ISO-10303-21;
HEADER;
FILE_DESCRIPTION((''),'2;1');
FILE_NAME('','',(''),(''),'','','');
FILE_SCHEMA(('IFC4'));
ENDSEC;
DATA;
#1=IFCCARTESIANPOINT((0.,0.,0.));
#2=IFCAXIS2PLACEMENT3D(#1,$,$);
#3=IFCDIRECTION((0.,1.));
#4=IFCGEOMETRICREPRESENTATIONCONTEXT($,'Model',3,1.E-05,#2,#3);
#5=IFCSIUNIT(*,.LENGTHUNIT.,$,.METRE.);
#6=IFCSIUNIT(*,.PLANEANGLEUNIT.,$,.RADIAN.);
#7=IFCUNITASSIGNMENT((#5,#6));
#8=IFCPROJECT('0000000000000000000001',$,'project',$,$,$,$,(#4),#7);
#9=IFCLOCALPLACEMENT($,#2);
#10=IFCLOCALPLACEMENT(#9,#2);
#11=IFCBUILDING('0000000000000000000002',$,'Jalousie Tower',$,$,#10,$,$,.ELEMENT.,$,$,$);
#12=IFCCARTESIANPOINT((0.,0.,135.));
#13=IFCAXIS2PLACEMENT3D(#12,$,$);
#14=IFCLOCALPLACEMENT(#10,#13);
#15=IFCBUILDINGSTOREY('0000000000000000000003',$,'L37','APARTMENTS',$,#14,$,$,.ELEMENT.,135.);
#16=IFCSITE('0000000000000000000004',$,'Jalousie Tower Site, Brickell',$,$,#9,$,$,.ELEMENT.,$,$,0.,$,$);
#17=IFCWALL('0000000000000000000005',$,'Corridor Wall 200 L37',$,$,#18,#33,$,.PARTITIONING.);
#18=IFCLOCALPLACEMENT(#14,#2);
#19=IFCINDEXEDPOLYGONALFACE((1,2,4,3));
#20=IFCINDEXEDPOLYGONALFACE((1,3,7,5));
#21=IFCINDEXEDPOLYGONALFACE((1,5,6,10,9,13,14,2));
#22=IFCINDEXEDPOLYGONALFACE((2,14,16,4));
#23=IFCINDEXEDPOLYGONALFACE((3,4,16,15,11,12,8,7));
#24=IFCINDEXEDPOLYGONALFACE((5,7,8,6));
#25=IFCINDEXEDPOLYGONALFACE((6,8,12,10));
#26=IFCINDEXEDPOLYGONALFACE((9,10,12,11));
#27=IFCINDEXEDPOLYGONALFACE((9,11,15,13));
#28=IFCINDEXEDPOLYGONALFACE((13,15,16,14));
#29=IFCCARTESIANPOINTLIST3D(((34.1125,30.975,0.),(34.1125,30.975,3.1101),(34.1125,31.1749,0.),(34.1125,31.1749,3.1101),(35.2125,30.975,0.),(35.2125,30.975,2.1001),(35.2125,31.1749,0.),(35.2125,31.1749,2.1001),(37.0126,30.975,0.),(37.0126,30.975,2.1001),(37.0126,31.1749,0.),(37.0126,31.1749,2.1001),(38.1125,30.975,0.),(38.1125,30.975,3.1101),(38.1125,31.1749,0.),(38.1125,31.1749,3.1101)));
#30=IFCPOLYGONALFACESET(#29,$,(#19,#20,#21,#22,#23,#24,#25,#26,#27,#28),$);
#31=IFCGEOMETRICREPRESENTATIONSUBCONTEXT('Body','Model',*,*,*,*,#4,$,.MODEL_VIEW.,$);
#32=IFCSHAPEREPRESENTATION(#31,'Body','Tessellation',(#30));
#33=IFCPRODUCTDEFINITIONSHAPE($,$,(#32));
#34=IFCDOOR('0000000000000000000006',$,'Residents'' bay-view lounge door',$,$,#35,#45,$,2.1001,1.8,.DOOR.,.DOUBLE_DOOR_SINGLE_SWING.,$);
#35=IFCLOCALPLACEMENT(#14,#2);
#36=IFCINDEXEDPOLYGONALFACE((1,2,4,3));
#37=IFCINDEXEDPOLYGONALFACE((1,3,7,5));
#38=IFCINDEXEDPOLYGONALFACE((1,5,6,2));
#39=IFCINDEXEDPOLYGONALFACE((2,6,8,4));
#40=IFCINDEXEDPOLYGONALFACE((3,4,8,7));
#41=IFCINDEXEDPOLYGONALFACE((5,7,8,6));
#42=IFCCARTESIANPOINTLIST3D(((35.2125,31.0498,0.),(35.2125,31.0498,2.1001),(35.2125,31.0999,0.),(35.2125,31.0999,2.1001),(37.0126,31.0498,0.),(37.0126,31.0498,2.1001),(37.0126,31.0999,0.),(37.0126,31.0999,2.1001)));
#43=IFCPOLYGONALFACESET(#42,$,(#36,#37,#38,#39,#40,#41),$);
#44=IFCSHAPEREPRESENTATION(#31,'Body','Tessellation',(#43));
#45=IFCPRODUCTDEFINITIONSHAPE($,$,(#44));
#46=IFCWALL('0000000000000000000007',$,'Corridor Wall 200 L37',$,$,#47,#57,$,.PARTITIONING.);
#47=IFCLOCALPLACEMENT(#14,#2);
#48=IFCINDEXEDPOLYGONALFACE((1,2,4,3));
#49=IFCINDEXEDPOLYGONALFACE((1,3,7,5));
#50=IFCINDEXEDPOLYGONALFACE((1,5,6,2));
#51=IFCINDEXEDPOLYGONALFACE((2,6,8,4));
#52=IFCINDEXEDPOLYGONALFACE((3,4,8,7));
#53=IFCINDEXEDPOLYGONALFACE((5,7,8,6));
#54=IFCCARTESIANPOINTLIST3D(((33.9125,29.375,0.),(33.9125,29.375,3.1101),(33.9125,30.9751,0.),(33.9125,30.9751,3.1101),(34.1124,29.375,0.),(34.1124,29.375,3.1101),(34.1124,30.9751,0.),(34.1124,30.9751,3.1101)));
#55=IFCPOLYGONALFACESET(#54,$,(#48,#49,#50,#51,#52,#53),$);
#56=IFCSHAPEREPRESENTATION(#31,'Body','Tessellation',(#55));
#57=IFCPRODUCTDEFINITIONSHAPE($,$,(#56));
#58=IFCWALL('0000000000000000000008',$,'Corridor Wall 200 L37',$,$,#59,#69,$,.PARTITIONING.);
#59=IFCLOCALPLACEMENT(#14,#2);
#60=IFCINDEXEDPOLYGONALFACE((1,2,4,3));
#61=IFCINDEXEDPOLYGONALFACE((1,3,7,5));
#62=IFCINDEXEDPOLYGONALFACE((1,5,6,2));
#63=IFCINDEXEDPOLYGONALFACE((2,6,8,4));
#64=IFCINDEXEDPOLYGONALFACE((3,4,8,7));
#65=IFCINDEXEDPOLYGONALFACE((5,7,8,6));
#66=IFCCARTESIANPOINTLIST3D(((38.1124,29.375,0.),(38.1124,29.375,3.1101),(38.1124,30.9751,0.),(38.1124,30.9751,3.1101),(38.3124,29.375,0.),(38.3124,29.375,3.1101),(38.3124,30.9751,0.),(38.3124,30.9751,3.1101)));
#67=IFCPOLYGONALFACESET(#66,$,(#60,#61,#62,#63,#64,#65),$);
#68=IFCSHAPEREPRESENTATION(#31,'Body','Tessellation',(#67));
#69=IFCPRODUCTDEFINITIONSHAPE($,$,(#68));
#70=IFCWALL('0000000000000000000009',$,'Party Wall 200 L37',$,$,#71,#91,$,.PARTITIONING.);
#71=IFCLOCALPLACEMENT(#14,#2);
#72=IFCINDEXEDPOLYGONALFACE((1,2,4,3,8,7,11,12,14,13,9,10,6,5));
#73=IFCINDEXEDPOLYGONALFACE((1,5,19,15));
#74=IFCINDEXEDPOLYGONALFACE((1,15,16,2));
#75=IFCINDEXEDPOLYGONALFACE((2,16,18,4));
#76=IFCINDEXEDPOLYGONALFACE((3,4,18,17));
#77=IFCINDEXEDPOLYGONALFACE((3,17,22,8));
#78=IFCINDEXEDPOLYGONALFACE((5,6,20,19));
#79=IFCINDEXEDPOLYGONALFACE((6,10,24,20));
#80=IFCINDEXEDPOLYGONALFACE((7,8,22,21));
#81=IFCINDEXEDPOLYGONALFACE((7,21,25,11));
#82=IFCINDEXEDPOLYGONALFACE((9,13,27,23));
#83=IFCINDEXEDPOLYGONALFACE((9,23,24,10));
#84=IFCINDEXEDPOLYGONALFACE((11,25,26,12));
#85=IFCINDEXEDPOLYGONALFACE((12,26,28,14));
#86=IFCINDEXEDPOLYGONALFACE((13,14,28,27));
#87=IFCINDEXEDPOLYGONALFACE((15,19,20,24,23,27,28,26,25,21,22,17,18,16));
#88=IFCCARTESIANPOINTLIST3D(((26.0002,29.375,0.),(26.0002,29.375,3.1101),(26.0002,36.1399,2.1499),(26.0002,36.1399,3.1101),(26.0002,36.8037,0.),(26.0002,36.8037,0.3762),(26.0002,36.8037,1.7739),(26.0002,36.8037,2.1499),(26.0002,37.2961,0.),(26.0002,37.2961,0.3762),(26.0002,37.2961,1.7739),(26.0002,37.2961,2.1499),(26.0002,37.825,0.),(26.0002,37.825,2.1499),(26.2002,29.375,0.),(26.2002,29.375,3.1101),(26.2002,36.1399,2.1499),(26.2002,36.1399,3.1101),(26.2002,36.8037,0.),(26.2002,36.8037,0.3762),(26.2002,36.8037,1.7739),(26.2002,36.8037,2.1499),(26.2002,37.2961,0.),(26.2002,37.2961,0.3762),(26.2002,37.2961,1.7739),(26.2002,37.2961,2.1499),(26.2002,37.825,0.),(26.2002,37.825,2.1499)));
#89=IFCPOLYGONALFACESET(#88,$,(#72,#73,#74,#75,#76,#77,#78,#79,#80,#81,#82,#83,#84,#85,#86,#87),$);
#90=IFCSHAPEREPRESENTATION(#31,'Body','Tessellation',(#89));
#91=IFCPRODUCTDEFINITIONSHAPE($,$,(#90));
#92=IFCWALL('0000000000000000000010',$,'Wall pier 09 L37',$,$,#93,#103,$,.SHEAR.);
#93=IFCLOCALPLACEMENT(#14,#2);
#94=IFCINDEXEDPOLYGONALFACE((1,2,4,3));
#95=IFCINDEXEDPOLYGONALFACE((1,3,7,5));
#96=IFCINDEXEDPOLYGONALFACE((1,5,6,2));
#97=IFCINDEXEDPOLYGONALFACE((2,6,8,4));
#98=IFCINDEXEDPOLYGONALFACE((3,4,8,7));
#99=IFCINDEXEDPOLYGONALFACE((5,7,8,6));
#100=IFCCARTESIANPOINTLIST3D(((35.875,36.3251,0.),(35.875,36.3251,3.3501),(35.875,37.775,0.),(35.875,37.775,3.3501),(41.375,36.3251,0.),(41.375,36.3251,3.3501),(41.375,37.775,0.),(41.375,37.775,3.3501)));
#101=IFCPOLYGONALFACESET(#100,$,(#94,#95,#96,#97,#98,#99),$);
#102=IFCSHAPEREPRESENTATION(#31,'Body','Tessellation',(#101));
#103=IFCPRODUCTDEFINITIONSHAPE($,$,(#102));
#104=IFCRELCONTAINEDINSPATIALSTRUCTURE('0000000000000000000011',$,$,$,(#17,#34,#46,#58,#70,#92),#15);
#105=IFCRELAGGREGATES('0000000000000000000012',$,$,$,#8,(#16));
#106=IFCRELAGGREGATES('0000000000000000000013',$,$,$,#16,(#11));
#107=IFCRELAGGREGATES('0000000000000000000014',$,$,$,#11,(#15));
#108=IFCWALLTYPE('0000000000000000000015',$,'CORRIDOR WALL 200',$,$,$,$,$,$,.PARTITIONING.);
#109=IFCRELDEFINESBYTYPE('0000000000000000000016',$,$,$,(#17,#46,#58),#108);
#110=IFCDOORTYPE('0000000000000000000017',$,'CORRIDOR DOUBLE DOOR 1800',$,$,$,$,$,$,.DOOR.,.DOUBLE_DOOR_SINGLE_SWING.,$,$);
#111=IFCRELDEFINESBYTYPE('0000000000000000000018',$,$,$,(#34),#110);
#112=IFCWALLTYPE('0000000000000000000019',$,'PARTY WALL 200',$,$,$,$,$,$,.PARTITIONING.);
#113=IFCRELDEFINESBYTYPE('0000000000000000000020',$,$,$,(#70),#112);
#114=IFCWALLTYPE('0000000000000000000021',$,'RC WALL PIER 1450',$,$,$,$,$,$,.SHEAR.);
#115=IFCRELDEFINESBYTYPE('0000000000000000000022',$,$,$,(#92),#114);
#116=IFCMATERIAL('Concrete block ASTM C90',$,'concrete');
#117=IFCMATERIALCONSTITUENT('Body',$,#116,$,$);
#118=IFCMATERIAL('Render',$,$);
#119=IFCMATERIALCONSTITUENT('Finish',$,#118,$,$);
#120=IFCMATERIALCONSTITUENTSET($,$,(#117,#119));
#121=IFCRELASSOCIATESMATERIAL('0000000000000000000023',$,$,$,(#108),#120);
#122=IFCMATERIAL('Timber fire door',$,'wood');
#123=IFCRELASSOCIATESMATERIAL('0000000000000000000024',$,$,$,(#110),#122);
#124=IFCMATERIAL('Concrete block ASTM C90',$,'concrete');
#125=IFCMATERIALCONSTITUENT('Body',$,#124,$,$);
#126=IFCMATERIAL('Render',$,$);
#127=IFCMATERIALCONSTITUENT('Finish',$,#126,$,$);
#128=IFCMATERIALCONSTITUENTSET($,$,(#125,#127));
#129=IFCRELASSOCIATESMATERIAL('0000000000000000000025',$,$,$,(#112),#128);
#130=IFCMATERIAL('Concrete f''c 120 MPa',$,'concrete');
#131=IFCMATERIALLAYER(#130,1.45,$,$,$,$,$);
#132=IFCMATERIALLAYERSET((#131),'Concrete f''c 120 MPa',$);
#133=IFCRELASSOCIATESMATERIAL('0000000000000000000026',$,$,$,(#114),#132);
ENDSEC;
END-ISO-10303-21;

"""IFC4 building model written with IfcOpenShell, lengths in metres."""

from ifc_helpers import new_model, si_unit, direction, frame, frame_2d, origin, place, context, subcontext, project, spatial, polyline, rectangle, outline, extrude, material, layer, layer_set, constituent, constituent_set, type_object, element, fill, save


model = new_model("IFC4")

# Units and contexts
model_context = context("Model", 3, precision=1e-05, world=origin(), true_north=direction((0.0, 1.0)))
body_context = subcontext(model_context, "Body", "Model", "MODEL_VIEW")
ifc_project = project(units=[si_unit("LENGTHUNIT", "METRE"), si_unit("PLANEANGLEUNIT", "RADIAN")], contexts=[model_context])

# Site, building, storey
site_placement = place(None, origin())
site = spatial("IfcSite", under=ifc_project, at=site_placement, Name="Jalousie Tower Site, Brickell", CompositionType="ELEMENT", RefElevation=0.0)
building_placement = place(site_placement, origin())
building = spatial("IfcBuilding", under=site, at=building_placement, Name="Jalousie Tower", CompositionType="ELEMENT")
storey_placement = place(building_placement, frame((0.0, 0.0, 135.0)))
storey = spatial("IfcBuildingStorey", under=building, at=storey_placement, Name="L37", Description="APARTMENTS", CompositionType="ELEMENT", Elevation=135.0)

# Shared definitions
ifc_material_1 = material(Name="Concrete block ASTM C90", Category="concrete")
ifc_constituent_1 = constituent(ifc_material_1, Name="Body")
ifc_material_2 = material(Name="Render")
ifc_constituent_2 = constituent(ifc_material_2, Name="Finish")
ifc_constituent_set_1 = constituent_set(constituents=[ifc_constituent_1, ifc_constituent_2])
wall_type_1 = type_object("IfcWallType", Name="CORRIDOR WALL 200", PredefinedType="PARTITIONING", material=ifc_constituent_set_1)

# Wall, opening, door
wall_1_placement = place(storey_placement, frame((34.1125, 31.075, 0.0), z_axis=(0.0, 0.0, 1.0), x_axis=(1.0, 0.0, 0.0)))
wall_1 = element("IfcWall", 1, at=wall_1_placement, inside=storey, type_object=wall_type_1, Name="Corridor Wall 200 L37", PredefinedType="PARTITIONING", context=body_context, shape_type="SweptSolid", body=[
    extrude(rectangle(XDim=4.0, YDim=0.2, at=frame_2d((2.0, 0.0))), origin(), (0.0, 0.0, 1.0), 3.1101),
])
opening_1_placement = place(wall_1_placement, frame((1.1001, 0.0, 0.0)))
opening_1 = element("IfcOpeningElement", 2, at=opening_1_placement, cuts=wall_1, PredefinedType="OPENING", context=body_context, shape_type="SweptSolid", body=[
    extrude(rectangle(XDim=1.8, YDim=2.1001, at=frame_2d((0.8999, 1.05))), frame((0.0, 0.1099, 0.0), z_axis=(0.0, -1.0, 0.0), x_axis=(1.0, 0.0, 0.0)), (0.0, 0.0, 1.0), 0.22),
])
ifc_material_3 = material(Name="Timber fire door", Category="wood")
door_type_1 = type_object("IfcDoorType", Name="CORRIDOR DOUBLE DOOR 1800", OperationType="DOUBLE_DOOR_SINGLE_SWING", PredefinedType="DOOR", material=ifc_material_3)
door_1_placement = place(opening_1_placement, origin())
door_1 = element("IfcDoor", 3, at=door_1_placement, inside=storey, type_object=door_type_1, Name="Residents' bay-view lounge door", OperationType="DOUBLE_DOOR_SINGLE_SWING", OverallHeight=2.1001, OverallWidth=1.8, PredefinedType="DOOR", context=body_context, shape_type="SweptSolid", body=[
    extrude(rectangle(XDim=1.8, YDim=2.1001, at=frame_2d((0.8999, 1.05))), frame((0.0, 0.0249, 0.0), z_axis=(0.0, -1.0, 0.0), x_axis=(1.0, 0.0, 0.0)), (0.0, 0.0, 1.0), 0.05),
])
fill(opening_1, door_1)

# Walls
for number, where, z_axis, x_axis, name in (
    (4, (34.0125, 29.375, 0.0), (0.0, 0.0, 1.0), (0.0, 1.0, 0.0), "Corridor Wall 200 L37"),
    (5, (38.2124, 29.375, 0.0), (0.0, 0.0, 1.0), (0.0, 1.0, 0.0), "Corridor Wall 200 L37"),
):
    element("IfcWall", number, at=place(storey_placement, frame(where, z_axis=z_axis, x_axis=x_axis)), inside=storey, type_object=wall_type_1, Name=name, PredefinedType="PARTITIONING", context=body_context, shape_type="SweptSolid", body=[
        extrude(rectangle(XDim=1.6001, YDim=0.2, at=frame_2d((0.8, 0.0))), origin(), (0.0, 0.0, 1.0), 3.1101),
    ])
ifc_material_4 = material(Name="Concrete block ASTM C90", Category="concrete")
ifc_constituent_3 = constituent(ifc_material_4, Name="Body")
ifc_material_5 = material(Name="Render")
ifc_constituent_4 = constituent(ifc_material_5, Name="Finish")
ifc_constituent_set_2 = constituent_set(constituents=[ifc_constituent_3, ifc_constituent_4])
wall_type_2 = type_object("IfcWallType", Name="PARTY WALL 200", PredefinedType="PARTITIONING", material=ifc_constituent_set_2)
wall_2_placement = place(storey_placement, frame((26.1001, 37.825, 0.0), z_axis=(0.0, 0.0, 1.0), x_axis=(0.0, -1.0, 0.0)))
element("IfcWall", 6, at=wall_2_placement, inside=storey, type_object=wall_type_2, Name="Party Wall 200 L37", PredefinedType="PARTITIONING", context=body_context, shape_type="SweptSolid", body=[
    extrude(outline(polyline([(0.5288, 2.1499), (0.0, 2.1499), (0.0, 0.0), (0.5288, 0.0), (0.5288, 0.3762), (1.0212, 0.3762), (1.0212, 0.0), (8.45, 0.0), (8.45, 3.1101), (1.6851, 3.1101), (1.6851, 2.1499), (1.0212, 2.1499), (1.0212, 1.7739), (0.5288, 1.7739), (0.5288, 2.1499)])), frame((0.0, 0.1001, 0.0), z_axis=(0.0, -1.0, 0.0), x_axis=(1.0, 0.0, 0.0)), (0.0, 0.0, 1.0), 0.2),
])
ifc_material_6 = material(Name="Concrete f'c 120 MPa", Category="concrete")
ifc_layer_1 = layer(ifc_material_6, 1.45)
ifc_layer_set_1 = layer_set([ifc_layer_1], Name="Concrete f'c 120 MPa")
wall_type_3 = type_object("IfcWallType", Name="RC WALL PIER 1450", PredefinedType="SHEAR", material=ifc_layer_set_1)
wall_3_placement = place(storey_placement, frame((35.875, 37.05, 0.0), z_axis=(0.0, 0.0, 1.0), x_axis=(1.0, 0.0, 0.0)))
element("IfcWall", 7, at=wall_3_placement, inside=storey, type_object=wall_type_3, Name="Wall pier 09 L37", PredefinedType="SHEAR", context=body_context, shape_type="SweptSolid", body=[
    extrude(rectangle(XDim=5.5, YDim=1.45, at=frame_2d((2.75, 0.0))), origin(), (0.0, 0.0, 1.0), 3.3501),
])

save(model, "model.ifc")
